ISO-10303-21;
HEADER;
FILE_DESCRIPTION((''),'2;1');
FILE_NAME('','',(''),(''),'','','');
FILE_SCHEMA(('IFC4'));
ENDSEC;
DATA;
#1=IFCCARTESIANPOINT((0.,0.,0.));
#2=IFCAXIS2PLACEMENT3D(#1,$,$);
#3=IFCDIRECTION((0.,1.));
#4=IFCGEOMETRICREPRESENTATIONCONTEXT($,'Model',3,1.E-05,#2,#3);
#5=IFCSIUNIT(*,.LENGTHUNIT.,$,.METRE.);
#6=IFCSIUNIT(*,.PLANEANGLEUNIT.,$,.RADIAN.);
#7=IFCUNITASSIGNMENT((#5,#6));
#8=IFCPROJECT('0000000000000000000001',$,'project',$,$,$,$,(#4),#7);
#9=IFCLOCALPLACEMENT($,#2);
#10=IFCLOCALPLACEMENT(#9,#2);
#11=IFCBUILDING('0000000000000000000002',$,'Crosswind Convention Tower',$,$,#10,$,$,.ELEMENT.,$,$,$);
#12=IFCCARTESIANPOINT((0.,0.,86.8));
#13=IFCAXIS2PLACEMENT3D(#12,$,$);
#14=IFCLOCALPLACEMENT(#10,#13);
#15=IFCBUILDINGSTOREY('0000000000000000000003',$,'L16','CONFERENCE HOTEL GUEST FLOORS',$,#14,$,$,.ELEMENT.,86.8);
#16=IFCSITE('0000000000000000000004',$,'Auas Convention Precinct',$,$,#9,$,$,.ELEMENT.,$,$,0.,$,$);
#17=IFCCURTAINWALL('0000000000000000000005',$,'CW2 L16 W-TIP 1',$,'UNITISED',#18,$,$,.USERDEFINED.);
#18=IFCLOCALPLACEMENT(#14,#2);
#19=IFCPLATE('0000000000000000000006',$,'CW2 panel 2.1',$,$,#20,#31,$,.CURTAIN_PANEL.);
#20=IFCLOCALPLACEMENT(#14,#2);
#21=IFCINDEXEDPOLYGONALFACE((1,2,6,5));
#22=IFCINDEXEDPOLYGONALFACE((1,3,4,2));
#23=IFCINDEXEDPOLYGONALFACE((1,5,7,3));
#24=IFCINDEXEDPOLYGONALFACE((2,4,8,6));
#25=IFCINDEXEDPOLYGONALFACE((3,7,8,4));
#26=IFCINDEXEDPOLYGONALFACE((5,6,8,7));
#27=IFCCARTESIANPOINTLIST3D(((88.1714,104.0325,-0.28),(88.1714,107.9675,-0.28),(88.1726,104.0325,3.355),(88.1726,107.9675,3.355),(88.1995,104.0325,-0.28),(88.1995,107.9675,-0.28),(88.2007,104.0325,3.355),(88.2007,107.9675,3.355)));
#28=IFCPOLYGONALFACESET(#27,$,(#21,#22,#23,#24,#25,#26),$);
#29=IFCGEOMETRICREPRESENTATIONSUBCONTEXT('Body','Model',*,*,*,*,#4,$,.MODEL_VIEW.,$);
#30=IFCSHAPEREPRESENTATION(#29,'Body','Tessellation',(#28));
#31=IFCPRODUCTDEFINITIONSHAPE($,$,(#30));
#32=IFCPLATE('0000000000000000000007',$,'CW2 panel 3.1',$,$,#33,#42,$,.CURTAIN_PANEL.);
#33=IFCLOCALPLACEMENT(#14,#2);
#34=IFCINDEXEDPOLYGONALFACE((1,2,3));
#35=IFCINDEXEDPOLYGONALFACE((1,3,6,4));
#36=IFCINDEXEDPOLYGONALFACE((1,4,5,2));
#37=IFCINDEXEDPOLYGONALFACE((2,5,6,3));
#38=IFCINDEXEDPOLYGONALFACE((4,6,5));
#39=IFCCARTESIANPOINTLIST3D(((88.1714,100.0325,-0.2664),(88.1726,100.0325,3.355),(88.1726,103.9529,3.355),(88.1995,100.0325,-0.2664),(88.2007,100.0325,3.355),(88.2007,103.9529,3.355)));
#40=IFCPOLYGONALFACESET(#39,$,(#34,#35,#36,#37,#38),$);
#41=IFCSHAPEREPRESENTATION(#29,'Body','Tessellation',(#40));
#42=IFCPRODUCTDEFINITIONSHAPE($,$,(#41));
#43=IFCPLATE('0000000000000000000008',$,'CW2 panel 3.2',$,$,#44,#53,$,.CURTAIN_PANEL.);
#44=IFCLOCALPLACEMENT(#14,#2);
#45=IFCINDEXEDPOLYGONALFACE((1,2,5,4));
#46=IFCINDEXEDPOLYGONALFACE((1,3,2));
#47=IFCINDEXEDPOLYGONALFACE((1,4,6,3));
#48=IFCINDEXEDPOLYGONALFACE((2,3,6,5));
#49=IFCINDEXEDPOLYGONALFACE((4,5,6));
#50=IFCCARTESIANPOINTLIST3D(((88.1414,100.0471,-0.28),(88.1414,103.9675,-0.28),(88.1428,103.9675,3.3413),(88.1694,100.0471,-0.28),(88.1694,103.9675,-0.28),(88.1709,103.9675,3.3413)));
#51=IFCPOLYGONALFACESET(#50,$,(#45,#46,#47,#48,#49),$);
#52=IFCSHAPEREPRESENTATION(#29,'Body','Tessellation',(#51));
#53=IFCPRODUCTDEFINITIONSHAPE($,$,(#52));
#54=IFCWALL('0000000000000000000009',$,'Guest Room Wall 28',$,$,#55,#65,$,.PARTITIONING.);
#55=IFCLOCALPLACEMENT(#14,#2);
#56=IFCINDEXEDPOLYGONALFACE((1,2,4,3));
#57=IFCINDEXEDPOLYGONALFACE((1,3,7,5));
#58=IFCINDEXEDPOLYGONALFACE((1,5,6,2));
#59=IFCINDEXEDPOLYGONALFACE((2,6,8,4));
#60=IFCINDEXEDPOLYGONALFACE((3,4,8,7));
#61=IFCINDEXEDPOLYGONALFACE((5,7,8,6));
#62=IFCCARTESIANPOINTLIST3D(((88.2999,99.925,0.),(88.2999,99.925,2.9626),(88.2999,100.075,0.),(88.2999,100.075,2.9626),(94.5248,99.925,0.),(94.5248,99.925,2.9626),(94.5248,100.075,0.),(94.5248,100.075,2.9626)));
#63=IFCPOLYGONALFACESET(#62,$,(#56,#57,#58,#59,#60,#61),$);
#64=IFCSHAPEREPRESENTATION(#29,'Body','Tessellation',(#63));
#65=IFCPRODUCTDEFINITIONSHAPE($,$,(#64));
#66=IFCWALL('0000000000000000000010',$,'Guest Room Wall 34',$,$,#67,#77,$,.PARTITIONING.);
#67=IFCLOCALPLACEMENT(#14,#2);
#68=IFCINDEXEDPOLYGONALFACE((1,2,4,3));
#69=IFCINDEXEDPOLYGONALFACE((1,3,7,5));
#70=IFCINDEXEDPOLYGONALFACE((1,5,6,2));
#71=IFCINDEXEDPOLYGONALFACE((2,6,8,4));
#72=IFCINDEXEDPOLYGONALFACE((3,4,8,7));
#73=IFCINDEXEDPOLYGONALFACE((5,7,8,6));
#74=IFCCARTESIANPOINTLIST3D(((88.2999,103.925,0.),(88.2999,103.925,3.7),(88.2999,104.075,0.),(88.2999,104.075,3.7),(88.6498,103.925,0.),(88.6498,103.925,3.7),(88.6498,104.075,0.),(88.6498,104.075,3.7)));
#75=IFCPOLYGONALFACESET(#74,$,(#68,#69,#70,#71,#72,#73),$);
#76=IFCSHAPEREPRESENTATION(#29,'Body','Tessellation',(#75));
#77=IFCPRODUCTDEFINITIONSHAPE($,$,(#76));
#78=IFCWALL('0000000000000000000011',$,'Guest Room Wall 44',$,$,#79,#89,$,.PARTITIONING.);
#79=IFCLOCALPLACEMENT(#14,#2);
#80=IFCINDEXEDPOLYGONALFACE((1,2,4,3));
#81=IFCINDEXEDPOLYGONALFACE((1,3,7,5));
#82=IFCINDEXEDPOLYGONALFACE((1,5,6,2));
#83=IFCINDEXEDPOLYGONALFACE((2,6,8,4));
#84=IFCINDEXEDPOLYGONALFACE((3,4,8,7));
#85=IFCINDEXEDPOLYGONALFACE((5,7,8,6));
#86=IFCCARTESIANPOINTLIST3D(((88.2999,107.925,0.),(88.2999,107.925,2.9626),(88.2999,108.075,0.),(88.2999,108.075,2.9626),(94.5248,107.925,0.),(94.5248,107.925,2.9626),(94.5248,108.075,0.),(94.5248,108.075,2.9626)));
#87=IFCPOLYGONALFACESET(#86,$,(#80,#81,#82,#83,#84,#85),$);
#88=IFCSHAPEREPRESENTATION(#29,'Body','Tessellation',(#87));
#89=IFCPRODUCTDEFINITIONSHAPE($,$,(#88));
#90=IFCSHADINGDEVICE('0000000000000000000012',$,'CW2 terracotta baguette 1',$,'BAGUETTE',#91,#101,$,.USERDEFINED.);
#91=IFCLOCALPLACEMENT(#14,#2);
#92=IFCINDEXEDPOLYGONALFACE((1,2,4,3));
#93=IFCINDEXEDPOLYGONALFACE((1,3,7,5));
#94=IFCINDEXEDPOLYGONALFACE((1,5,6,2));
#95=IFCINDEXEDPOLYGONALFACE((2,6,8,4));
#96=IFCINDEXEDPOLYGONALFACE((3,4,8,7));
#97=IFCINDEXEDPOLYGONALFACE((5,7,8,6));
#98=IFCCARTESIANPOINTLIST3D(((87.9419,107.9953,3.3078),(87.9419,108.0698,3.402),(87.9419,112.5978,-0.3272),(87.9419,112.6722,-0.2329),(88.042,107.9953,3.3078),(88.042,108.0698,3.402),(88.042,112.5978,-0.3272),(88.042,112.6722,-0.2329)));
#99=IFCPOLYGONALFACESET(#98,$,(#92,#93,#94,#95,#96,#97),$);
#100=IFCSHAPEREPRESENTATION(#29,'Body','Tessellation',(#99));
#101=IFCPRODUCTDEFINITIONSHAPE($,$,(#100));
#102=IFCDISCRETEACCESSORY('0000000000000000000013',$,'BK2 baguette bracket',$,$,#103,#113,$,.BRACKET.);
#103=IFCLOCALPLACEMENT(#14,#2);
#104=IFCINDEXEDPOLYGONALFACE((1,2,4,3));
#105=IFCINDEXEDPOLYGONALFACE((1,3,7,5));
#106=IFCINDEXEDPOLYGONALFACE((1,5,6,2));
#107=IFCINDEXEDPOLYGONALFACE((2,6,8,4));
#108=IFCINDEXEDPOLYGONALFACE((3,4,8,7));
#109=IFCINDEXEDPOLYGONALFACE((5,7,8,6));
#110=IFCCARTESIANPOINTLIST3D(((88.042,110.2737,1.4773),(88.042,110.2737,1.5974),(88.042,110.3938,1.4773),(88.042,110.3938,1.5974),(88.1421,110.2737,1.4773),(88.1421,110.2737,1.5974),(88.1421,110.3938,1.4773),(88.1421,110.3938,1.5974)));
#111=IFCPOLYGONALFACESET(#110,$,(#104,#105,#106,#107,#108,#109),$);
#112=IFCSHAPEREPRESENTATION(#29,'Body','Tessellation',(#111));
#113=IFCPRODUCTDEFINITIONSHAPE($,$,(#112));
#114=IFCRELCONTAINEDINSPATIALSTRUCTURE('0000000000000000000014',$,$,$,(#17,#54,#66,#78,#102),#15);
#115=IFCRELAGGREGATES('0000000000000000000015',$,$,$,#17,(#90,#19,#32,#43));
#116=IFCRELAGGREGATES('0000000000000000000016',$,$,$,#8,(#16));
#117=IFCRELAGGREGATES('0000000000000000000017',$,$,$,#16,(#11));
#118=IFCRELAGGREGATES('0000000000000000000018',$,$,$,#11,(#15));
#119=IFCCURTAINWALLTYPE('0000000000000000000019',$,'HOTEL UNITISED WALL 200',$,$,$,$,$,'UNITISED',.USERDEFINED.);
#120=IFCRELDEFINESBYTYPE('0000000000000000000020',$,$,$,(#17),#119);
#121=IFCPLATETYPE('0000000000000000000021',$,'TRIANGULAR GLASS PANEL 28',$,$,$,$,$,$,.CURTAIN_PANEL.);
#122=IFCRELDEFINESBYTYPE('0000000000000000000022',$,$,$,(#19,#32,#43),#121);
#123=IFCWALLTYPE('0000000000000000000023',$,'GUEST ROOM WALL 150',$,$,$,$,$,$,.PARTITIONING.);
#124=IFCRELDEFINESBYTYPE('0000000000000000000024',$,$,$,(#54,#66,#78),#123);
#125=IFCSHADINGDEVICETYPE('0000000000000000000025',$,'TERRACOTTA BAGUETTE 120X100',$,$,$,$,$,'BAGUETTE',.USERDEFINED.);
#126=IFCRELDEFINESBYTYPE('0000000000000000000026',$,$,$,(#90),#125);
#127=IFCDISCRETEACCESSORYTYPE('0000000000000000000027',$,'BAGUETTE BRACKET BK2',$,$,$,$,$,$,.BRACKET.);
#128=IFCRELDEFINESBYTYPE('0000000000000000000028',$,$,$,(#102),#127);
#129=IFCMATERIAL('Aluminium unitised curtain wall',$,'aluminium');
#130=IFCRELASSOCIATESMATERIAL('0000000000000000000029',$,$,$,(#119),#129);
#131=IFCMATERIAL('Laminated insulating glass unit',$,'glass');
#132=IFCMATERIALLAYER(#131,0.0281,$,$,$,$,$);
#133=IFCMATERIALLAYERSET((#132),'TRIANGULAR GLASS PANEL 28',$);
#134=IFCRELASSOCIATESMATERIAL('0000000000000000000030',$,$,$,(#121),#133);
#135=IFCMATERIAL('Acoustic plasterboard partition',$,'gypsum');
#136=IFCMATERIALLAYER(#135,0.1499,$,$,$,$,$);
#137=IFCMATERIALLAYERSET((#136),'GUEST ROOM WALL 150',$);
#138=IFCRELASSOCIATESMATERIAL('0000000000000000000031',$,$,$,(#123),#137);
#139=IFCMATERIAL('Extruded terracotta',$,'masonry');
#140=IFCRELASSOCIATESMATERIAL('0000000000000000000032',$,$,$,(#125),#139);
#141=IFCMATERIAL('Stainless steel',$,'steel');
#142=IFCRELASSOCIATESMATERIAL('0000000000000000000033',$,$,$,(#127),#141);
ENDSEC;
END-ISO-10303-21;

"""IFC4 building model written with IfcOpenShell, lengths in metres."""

from ifc_helpers import new_model, si_unit, direction, frame, frame_2d, origin, origin_2d, place, context, subcontext, project, spatial, polyline, rectangle, outline, extrude, material, layer, layer_set, material_profile, profile_set, type_object, element, aggregate, save


model = new_model("IFC4")

# Units and contexts
model_context = context("Model", 3, precision=1e-05, world=origin(), true_north=direction((0.0, 1.0)))
body_context = subcontext(model_context, "Body", "Model", "MODEL_VIEW")
ifc_project = project(units=[si_unit("LENGTHUNIT", "METRE"), si_unit("PLANEANGLEUNIT", "RADIAN")], contexts=[model_context])

# Site, building, storey
site_placement = place(None, origin())
site = spatial("IfcSite", under=ifc_project, at=site_placement, Name="Auas Convention Precinct", CompositionType="ELEMENT", RefElevation=0.0)
building_placement = place(site_placement, origin())
building = spatial("IfcBuilding", under=site, at=building_placement, Name="Crosswind Convention Tower", CompositionType="ELEMENT")
storey_placement = place(building_placement, frame((0.0, 0.0, 86.8)))
storey = spatial("IfcBuildingStorey", under=building, at=storey_placement, Name="L16", Description="CONFERENCE HOTEL GUEST FLOORS", CompositionType="ELEMENT", Elevation=86.8)

# Curtain wall
ifc_material_1 = material(Name="Aluminium unitised curtain wall", Category="aluminium")
curtain_wall_type = type_object("IfcCurtainWallType", Name="HOTEL UNITISED WALL 200", ElementType="UNITISED", PredefinedType="USERDEFINED", material=ifc_material_1)
curtain_wall_placement = place(storey_placement, origin())
curtain_wall = element("IfcCurtainWall", 1, at=curtain_wall_placement, inside=storey, type_object=curtain_wall_type, Name="CW2 L16 W-TIP 1", ObjectType="UNITISED", PredefinedType="USERDEFINED")

# Plates
ifc_material_2 = material(Name="Laminated insulating glass unit", Category="glass")
ifc_layer_1 = layer(ifc_material_2, 0.0281)
ifc_layer_set_1 = layer_set([ifc_layer_1], Name="TRIANGULAR GLASS PANEL 28")
plate_type = type_object("IfcPlateType", Name="TRIANGULAR GLASS PANEL 28", PredefinedType="CURTAIN_PANEL", material=ifc_layer_set_1)
plate_1_placement = place(storey_placement, frame((88.1714, 107.9675, -0.28), z_axis=(-1.0, 0.0, 0.000336), x_axis=(0.0, -1.0, 0.0)))
plate_1 = element("IfcPlate", 2, at=plate_1_placement, type_object=plate_type, Name="CW2 panel 2.1", PredefinedType="CURTAIN_PANEL", context=body_context, shape_type="SweptSolid", body=[
    extrude(outline(polyline([(0.0, 0.0), (3.9351, 0.0), (3.9351, 3.635), (0.0, 3.635), (0.0, 0.0)])), origin(), (0.0, 0.0, -1.0), 0.0281),
])
plate_2_placement = place(storey_placement, frame((88.1726, 100.0325, 3.355), z_axis=(-1.0, 0.0, 0.000337), x_axis=(0.0, 1.0, 0.0)))
plate_2 = element("IfcPlate", 3, at=plate_2_placement, type_object=plate_type, Name="CW2 panel 3.1", PredefinedType="CURTAIN_PANEL", context=body_context, shape_type="SweptSolid", body=[
    extrude(outline(polyline([(0.0, 0.0), (3.9204, 0.0), (0.0, 3.6213), (0.0, 0.0)])), origin(), (0.0, 0.0, -1.0), 0.0281),
])
plate_3_placement = place(storey_placement, frame((88.1414, 103.9675, -0.28), z_axis=(-1.0, 0.0, 0.000405), x_axis=(0.0, -1.0, 0.0)))
plate_3 = element("IfcPlate", 4, at=plate_3_placement, type_object=plate_type, Name="CW2 panel 3.2", PredefinedType="CURTAIN_PANEL", context=body_context, shape_type="SweptSolid", body=[
    extrude(outline(polyline([(0.0, 0.0), (3.9204, 0.0), (0.0, 3.6213), (0.0, 0.0)])), origin(), (0.0, 0.0, -1.0), 0.0281),
])

# Walls
ifc_material_3 = material(Name="Acoustic plasterboard partition", Category="gypsum")
ifc_layer_2 = layer(ifc_material_3, 0.1499)
ifc_layer_set_2 = layer_set([ifc_layer_2], Name="GUEST ROOM WALL 150")
wall_type = type_object("IfcWallType", Name="GUEST ROOM WALL 150", PredefinedType="PARTITIONING", material=ifc_layer_set_2)
wall_1_placement = place(storey_placement, frame((88.3, 100.0, 0.0), z_axis=(0.0, 0.0, 1.0), x_axis=(1.0, 0.0, 0.0)))
element("IfcWall", 5, at=wall_1_placement, inside=storey, type_object=wall_type, Name="Guest Room Wall 28", PredefinedType="PARTITIONING", context=body_context, shape_type="SweptSolid", body=[
    extrude(rectangle(XDim=6.2249, YDim=0.1499, at=frame_2d((3.1123, 0.0))), origin(), (0.0, 0.0, 1.0), 2.9626),
])
wall_2_placement = place(storey_placement, frame((88.3, 104.0, 0.0), z_axis=(0.0, 0.0, 1.0), x_axis=(1.0, 0.0, 0.0)))
element("IfcWall", 6, at=wall_2_placement, inside=storey, type_object=wall_type, Name="Guest Room Wall 34", PredefinedType="PARTITIONING", context=body_context, shape_type="SweptSolid", body=[
    extrude(rectangle(XDim=0.3499, YDim=0.1499, at=frame_2d((0.1748, 0.0))), origin(), (0.0, 0.0, 1.0), 3.7),
])
wall_3_placement = place(storey_placement, frame((88.3, 108.0, 0.0), z_axis=(0.0, 0.0, 1.0), x_axis=(1.0, 0.0, 0.0)))
element("IfcWall", 7, at=wall_3_placement, inside=storey, type_object=wall_type, Name="Guest Room Wall 44", PredefinedType="PARTITIONING", context=body_context, shape_type="SweptSolid", body=[
    extrude(rectangle(XDim=6.2249, YDim=0.1499, at=frame_2d((3.1123, 0.0))), origin(), (0.0, 0.0, 1.0), 2.9626),
])

# Shading device
ifc_material_4 = material(Name="Extruded terracotta", Category="masonry")
ifc_material_profile_1 = material_profile(ifc_material_4, rectangle(XDim=0.1001, YDim=0.1201, at=origin_2d()), Name="TC 100X120")
ifc_profile_set_1 = profile_set([ifc_material_profile_1], Name="Extruded terracotta")
shading_device_type = type_object("IfcShadingDeviceType", Name="TERRACOTTA BAGUETTE 120X100", ElementType="BAGUETTE", PredefinedType="USERDEFINED", material=ifc_profile_set_1)
shading_device_placement = place(storey_placement, frame((87.9919, 112.635, -0.28), z_axis=(0.0, -0.784764, 0.619794), x_axis=(1.0, 0.0, 0.0)))
shading_device = element("IfcShadingDevice", 8, at=shading_device_placement, type_object=shading_device_type, Name="CW2 terracotta baguette 1", ObjectType="BAGUETTE", PredefinedType="USERDEFINED", context=body_context, shape_type="SweptSolid", body=[
    extrude(rectangle(XDim=0.1001, YDim=0.1201, at=origin_2d()), origin(), (0.0, 0.0, 1.0), 5.8647),
])
aggregate(curtain_wall, [shading_device, plate_1, plate_2, plate_3])

# Discrete accessory
ifc_material_5 = material(Name="Stainless steel", Category="steel")
discrete_accessory_type = type_object("IfcDiscreteAccessoryType", Name="BAGUETTE BRACKET BK2", PredefinedType="BRACKET", material=ifc_material_5)
discrete_accessory_placement = place(storey_placement, frame((88.092, 110.3337, 1.4773), z_axis=(0.0, 0.0, 1.0), x_axis=(0.0, -1.0, 0.0)))
element("IfcDiscreteAccessory", 9, at=discrete_accessory_placement, inside=storey, type_object=discrete_accessory_type, Name="BK2 baguette bracket", PredefinedType="BRACKET", context=body_context, shape_type="SweptSolid", body=[
    extrude(rectangle(XDim=0.1201, YDim=0.1001, at=origin_2d()), origin(), (0.0, 0.0, 1.0), 0.1201),
])

save(model, "model.ifc")
